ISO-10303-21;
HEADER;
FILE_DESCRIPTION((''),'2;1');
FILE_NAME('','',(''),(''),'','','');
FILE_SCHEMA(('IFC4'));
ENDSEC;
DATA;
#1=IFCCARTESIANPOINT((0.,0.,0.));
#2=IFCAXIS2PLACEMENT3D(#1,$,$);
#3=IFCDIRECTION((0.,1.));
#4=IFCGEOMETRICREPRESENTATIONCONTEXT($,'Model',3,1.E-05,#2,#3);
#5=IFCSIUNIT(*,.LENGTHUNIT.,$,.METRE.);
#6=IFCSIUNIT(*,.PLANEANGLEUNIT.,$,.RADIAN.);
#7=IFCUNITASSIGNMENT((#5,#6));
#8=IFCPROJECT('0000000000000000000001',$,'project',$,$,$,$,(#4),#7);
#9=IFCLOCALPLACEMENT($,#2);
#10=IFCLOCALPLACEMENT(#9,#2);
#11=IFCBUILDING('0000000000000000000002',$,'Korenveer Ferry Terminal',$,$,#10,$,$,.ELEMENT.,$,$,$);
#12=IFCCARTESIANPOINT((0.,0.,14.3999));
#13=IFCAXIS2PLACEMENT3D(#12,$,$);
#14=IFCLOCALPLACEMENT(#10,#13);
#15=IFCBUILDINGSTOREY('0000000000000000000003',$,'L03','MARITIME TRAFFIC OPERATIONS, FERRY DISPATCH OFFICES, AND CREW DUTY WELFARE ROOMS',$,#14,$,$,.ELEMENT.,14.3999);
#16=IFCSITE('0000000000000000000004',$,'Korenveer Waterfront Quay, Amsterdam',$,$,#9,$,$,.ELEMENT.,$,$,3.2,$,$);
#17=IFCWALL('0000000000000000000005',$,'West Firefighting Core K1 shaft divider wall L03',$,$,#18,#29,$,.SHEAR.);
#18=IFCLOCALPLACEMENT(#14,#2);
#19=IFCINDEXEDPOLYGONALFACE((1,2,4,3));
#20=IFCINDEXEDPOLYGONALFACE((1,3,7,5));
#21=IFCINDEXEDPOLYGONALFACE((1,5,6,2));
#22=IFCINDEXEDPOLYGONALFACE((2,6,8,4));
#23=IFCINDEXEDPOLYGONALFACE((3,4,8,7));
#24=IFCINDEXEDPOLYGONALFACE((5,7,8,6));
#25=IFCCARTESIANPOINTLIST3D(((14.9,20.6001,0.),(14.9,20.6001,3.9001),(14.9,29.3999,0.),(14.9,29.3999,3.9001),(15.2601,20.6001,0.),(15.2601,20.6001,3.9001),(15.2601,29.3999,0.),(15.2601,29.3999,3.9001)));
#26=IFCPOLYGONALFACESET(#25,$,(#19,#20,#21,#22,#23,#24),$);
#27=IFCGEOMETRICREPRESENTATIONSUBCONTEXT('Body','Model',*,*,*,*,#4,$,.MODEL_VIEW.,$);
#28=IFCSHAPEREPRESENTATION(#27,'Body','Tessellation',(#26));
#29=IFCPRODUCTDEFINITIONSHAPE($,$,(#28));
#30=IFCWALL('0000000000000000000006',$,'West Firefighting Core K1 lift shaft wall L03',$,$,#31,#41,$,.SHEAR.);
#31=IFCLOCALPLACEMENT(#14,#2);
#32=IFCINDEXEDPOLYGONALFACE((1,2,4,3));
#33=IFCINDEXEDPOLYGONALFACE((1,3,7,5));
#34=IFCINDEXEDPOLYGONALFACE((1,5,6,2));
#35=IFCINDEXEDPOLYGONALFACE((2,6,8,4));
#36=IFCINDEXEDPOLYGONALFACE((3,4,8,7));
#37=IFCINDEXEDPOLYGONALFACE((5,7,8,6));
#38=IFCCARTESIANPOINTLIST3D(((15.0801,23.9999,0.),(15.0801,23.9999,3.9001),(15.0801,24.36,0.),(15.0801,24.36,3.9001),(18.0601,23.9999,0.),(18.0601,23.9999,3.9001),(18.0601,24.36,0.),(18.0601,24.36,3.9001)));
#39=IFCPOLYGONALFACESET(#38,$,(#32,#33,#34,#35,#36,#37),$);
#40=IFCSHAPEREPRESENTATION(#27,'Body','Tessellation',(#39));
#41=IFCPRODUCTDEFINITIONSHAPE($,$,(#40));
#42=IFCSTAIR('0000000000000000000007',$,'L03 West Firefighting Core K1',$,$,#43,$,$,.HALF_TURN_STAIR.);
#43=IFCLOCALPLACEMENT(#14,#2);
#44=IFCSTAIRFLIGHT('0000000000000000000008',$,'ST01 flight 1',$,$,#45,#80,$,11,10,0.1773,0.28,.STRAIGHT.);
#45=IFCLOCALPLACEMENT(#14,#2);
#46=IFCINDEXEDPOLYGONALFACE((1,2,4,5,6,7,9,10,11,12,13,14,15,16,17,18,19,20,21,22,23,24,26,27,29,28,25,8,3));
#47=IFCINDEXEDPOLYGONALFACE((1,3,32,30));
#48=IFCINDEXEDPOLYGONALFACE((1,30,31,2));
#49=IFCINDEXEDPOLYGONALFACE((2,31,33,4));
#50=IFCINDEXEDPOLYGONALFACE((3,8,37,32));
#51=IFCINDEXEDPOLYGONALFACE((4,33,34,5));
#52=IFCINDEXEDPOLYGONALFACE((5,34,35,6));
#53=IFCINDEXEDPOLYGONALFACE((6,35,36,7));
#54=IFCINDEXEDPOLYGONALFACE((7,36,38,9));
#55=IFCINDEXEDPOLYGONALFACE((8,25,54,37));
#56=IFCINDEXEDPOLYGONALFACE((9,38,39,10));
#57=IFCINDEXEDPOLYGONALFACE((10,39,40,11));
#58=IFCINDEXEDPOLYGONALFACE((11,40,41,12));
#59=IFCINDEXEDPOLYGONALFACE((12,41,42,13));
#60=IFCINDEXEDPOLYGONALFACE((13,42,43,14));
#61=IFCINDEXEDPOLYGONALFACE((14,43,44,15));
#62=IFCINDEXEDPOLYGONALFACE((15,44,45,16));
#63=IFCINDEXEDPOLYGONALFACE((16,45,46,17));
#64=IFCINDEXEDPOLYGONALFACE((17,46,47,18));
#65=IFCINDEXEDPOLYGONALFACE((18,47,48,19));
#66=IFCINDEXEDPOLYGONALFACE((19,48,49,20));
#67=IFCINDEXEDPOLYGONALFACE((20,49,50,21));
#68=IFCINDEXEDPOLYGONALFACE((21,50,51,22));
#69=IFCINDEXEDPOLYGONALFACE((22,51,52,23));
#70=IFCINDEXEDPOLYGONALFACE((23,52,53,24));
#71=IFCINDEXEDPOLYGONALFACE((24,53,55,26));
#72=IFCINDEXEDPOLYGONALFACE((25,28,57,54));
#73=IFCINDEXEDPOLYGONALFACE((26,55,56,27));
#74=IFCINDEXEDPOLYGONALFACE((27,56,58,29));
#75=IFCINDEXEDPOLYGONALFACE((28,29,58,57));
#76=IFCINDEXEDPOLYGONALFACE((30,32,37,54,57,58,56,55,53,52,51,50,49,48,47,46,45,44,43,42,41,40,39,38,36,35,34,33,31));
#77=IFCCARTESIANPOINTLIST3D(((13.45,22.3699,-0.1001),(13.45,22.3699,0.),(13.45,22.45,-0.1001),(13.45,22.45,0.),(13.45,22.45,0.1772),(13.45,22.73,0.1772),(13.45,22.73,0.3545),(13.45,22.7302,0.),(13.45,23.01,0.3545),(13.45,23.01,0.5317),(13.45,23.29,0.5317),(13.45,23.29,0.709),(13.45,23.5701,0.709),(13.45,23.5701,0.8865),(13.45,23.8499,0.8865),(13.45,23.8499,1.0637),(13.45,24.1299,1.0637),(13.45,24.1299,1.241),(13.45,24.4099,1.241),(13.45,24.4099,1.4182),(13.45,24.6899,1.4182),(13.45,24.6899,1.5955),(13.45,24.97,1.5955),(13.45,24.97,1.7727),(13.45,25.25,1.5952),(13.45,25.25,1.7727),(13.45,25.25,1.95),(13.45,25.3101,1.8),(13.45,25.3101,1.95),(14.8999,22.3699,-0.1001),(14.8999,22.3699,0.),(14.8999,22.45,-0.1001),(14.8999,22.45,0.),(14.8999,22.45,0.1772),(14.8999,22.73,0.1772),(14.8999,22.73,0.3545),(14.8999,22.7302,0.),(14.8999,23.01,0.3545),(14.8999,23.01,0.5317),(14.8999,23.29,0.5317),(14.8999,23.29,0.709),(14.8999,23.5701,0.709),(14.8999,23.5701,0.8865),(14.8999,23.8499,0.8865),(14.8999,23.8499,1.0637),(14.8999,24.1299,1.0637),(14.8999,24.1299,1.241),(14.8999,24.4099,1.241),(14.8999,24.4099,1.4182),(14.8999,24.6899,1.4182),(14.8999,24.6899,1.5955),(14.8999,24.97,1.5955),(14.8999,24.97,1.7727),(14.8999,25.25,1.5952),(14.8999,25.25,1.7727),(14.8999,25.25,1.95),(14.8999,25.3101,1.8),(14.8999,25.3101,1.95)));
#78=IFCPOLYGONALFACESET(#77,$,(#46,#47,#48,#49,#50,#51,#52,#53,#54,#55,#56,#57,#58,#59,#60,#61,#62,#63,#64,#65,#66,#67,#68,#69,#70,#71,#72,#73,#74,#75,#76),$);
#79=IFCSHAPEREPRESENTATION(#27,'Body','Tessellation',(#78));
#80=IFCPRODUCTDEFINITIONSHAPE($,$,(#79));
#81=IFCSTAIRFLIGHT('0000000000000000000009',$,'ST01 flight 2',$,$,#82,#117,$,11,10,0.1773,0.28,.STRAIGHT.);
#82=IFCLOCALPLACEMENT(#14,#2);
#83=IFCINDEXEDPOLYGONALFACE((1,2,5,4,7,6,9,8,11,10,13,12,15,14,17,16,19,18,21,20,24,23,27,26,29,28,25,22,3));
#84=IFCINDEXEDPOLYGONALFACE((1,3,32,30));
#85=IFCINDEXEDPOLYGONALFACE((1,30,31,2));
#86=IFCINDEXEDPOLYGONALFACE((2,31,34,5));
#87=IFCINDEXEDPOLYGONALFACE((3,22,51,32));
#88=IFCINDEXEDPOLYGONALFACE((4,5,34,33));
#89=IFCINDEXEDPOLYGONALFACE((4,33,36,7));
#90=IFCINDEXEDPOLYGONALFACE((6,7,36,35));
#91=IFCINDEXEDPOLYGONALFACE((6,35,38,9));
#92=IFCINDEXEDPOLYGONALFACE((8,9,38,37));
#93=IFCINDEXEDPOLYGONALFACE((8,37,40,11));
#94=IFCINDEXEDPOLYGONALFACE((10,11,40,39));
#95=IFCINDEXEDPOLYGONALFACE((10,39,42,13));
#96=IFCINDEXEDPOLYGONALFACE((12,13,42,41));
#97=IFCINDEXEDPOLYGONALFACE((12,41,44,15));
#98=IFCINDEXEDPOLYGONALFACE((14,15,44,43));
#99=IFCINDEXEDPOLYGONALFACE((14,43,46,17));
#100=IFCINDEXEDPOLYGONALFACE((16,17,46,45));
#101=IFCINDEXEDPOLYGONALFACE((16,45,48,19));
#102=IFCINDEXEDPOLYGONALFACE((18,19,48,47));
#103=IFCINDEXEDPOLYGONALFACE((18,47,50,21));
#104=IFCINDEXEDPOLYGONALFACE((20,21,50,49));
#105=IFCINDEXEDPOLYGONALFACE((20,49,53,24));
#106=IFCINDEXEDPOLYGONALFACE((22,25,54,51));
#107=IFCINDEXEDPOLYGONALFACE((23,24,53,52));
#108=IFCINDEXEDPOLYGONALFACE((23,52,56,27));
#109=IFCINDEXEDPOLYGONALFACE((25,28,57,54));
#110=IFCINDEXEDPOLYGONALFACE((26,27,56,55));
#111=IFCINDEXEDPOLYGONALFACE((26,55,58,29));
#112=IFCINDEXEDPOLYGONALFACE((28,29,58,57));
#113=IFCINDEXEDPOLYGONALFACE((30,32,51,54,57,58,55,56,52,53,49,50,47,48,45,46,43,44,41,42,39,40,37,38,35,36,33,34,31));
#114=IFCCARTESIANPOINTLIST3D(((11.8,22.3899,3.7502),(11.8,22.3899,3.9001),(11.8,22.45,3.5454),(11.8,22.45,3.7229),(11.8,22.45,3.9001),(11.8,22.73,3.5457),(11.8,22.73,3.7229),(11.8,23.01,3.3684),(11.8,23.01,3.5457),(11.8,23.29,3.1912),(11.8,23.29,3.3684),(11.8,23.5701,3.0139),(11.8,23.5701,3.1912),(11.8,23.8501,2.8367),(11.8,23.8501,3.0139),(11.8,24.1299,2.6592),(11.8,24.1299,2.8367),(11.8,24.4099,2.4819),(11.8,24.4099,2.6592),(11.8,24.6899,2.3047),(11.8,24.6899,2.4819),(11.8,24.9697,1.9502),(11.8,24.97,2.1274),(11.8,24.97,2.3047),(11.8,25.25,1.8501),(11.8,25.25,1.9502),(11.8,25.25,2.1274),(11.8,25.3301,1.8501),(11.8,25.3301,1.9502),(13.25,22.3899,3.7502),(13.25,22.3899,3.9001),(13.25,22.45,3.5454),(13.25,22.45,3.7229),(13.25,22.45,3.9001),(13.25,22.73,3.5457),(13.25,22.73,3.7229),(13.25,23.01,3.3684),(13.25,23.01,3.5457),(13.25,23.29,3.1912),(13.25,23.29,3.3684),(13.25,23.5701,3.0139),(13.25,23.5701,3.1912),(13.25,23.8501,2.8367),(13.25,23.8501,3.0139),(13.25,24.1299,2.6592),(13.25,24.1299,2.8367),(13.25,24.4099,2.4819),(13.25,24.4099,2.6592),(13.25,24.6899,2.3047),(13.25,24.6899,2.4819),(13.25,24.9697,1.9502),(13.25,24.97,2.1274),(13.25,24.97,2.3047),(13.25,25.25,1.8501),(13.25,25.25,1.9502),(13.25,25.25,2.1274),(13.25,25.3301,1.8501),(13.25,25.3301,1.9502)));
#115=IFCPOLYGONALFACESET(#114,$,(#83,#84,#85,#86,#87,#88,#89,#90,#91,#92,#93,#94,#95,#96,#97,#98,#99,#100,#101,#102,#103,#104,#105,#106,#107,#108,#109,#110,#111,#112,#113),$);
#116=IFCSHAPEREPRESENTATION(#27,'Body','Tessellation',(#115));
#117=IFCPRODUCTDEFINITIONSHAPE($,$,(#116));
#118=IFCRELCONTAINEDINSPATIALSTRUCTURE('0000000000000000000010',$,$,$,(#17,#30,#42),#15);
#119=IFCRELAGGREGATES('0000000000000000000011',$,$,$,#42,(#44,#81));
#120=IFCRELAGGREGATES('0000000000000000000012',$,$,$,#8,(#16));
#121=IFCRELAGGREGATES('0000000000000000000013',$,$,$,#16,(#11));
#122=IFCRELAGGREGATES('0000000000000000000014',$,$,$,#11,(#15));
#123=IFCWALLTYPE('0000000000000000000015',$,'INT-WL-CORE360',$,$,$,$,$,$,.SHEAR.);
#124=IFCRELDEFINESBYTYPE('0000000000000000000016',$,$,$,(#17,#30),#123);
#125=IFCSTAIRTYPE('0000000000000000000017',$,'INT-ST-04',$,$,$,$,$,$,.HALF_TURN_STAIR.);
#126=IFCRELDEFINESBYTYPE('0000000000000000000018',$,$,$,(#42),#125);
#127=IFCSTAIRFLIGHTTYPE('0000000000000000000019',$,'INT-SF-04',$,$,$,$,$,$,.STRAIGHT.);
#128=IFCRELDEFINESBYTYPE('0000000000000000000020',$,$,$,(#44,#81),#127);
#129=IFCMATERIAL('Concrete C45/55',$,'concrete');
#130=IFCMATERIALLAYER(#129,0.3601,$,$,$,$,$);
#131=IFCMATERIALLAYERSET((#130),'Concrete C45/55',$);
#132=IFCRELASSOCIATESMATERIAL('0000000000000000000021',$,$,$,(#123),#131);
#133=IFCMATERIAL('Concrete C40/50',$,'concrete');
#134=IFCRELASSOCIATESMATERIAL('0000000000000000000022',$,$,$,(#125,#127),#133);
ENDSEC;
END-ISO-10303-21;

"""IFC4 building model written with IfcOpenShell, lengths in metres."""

from ifc_helpers import new_model, si_unit, direction, frame, frame_2d, origin, place, context, subcontext, project, spatial, polyline, rectangle, outline, extrude, material, layer, layer_set, type_object, element, aggregate, save


model = new_model("IFC4")

# Units and contexts
model_context = context("Model", 3, precision=1e-05, world=origin(), true_north=direction((0.0, 1.0)))
body_context = subcontext(model_context, "Body", "Model", "MODEL_VIEW")
ifc_project = project(units=[si_unit("LENGTHUNIT", "METRE"), si_unit("PLANEANGLEUNIT", "RADIAN")], contexts=[model_context])

# Site, building, storey
site_placement = place(None, origin())
site = spatial("IfcSite", under=ifc_project, at=site_placement, Name="Korenveer Waterfront Quay, Amsterdam", CompositionType="ELEMENT", RefElevation=3.2)
building_placement = place(site_placement, origin())
building = spatial("IfcBuilding", under=site, at=building_placement, Name="Korenveer Ferry Terminal", CompositionType="ELEMENT")
storey_placement = place(building_placement, frame((0.0, 0.0, 14.3999)))
storey = spatial("IfcBuildingStorey", under=building, at=storey_placement, Name="L03", Description="MARITIME TRAFFIC OPERATIONS, FERRY DISPATCH OFFICES, AND CREW DUTY WELFARE ROOMS", CompositionType="ELEMENT", Elevation=14.3999)

# Walls
ifc_material_1 = material(Name="Concrete C45/55", Category="concrete")
ifc_layer_1 = layer(ifc_material_1, 0.3601)
ifc_layer_set_1 = layer_set([ifc_layer_1], Name="Concrete C45/55")
wall_type = type_object("IfcWallType", Name="INT-WL-CORE360", PredefinedType="SHEAR", material=ifc_layer_set_1)
wall_1_placement = place(storey_placement, frame((15.0801, 20.6001, 0.0), z_axis=(0.0, 0.0, 1.0), x_axis=(0.0, 1.0, 0.0)))
element("IfcWall", 1, at=wall_1_placement, inside=storey, type_object=wall_type, Name="West Firefighting Core K1 shaft divider wall L03", PredefinedType="SHEAR", context=body_context, shape_type="SweptSolid", body=[
    extrude(rectangle(XDim=8.7998, YDim=0.3601, at=frame_2d((4.3999, 0.0))), origin(), (0.0, 0.0, 1.0), 3.9001),
])
wall_2_placement = place(storey_placement, frame((15.0801, 24.1799, 0.0), z_axis=(0.0, 0.0, 1.0), x_axis=(1.0, 0.0, 0.0)))
element("IfcWall", 2, at=wall_2_placement, inside=storey, type_object=wall_type, Name="West Firefighting Core K1 lift shaft wall L03", PredefinedType="SHEAR", context=body_context, shape_type="SweptSolid", body=[
    extrude(rectangle(XDim=2.98, YDim=0.3601, at=frame_2d((1.49, 0.0))), origin(), (0.0, 0.0, 1.0), 3.9001),
])

# Stair, stair flights
ifc_material_2 = material(Name="Concrete C40/50", Category="concrete")
stair_type = type_object("IfcStairType", Name="INT-ST-04", PredefinedType="HALF_TURN_STAIR", material=ifc_material_2)
stair_placement = place(storey_placement, frame((14.175, 22.45, 0.0)))
stair = element("IfcStair", 3, at=stair_placement, inside=storey, type_object=stair_type, Name="L03 West Firefighting Core K1", PredefinedType="HALF_TURN_STAIR")
stair_flight_type = type_object("IfcStairFlightType", Name="INT-SF-04", PredefinedType="STRAIGHT", material=ifc_material_2)
stair_flight_1_placement = place(storey_placement, frame((14.175, 22.45, 0.0), z_axis=(0.0, 0.0, 1.0), x_axis=(0.0, 1.0, 0.0)))
stair_flight_1 = element("IfcStairFlight", 4, at=stair_flight_1_placement, type_object=stair_flight_type, Name="ST01 flight 1", NumberOfRisers=11, NumberOfTreads=10, PredefinedType="STRAIGHT", RiserHeight=0.1773, TreadLength=0.28, context=body_context, shape_type="SweptSolid", body=[
    extrude(outline(polyline([(-0.0801, 0.0), (0.0, 0.0), (0.0, 0.1772), (0.28, 0.1772), (0.28, 0.3545), (0.5601, 0.3545), (0.5601, 0.5317), (0.8401, 0.5317), (0.8401, 0.709), (1.1201, 0.709), (1.1201, 0.8865), (1.3999, 0.8865), (1.3999, 1.0637), (1.6799, 1.0637), (1.6799, 1.241), (1.96, 1.241), (1.96, 1.4182), (2.24, 1.4182), (2.24, 1.5955), (2.52, 1.5955), (2.52, 1.7727), (2.8, 1.7727), (2.8, 1.95), (2.8601, 1.95), (2.8601, 1.8), (2.8, 1.5952), (0.2803, 0.0), (0.0, -0.1001), (-0.0801, -0.1001), (-0.0801, 0.0)])), frame((0.0, 0.7251, 0.0), z_axis=(0.0, -1.0, 0.0), x_axis=(1.0, 0.0, 0.0)), (0.0, 0.0, 1.0), 1.45),
])
stair_flight_2_placement = place(storey_placement, frame((12.5249, 25.25, 1.9502), z_axis=(0.0, 0.0, 1.0), x_axis=(0.0, -1.0, 0.0)))
stair_flight_2 = element("IfcStairFlight", 5, at=stair_flight_2_placement, type_object=stair_flight_type, Name="ST01 flight 2", NumberOfRisers=11, NumberOfTreads=10, PredefinedType="STRAIGHT", RiserHeight=0.1773, TreadLength=0.28, context=body_context, shape_type="SweptSolid", body=[
    extrude(outline(polyline([(-0.0801, 0.0), (0.0, 0.0), (0.0, 0.1772), (0.28, 0.1772), (0.28, 0.3545), (0.5601, 0.3545), (0.5601, 0.5317), (0.8401, 0.5317), (0.8401, 0.709), (1.1201, 0.709), (1.1201, 0.8865), (1.3999, 0.8865), (1.3999, 1.0637), (1.6799, 1.0637), (1.6799, 1.241), (1.96, 1.241), (1.96, 1.4182), (2.24, 1.4182), (2.24, 1.5955), (2.52, 1.5955), (2.52, 1.7727), (2.8, 1.7727), (2.8, 1.95), (2.8601, 1.95), (2.8601, 1.8), (2.8, 1.5952), (0.2803, 0.0), (0.0, -0.1001), (-0.0801, -0.1001), (-0.0801, 0.0)])), frame((0.0, 0.7251, 0.0), z_axis=(0.0, -1.0, 0.0), x_axis=(1.0, 0.0, 0.0)), (0.0, 0.0, 1.0), 1.45),
])
aggregate(stair, [stair_flight_1, stair_flight_2])

save(model, "model.ifc")
